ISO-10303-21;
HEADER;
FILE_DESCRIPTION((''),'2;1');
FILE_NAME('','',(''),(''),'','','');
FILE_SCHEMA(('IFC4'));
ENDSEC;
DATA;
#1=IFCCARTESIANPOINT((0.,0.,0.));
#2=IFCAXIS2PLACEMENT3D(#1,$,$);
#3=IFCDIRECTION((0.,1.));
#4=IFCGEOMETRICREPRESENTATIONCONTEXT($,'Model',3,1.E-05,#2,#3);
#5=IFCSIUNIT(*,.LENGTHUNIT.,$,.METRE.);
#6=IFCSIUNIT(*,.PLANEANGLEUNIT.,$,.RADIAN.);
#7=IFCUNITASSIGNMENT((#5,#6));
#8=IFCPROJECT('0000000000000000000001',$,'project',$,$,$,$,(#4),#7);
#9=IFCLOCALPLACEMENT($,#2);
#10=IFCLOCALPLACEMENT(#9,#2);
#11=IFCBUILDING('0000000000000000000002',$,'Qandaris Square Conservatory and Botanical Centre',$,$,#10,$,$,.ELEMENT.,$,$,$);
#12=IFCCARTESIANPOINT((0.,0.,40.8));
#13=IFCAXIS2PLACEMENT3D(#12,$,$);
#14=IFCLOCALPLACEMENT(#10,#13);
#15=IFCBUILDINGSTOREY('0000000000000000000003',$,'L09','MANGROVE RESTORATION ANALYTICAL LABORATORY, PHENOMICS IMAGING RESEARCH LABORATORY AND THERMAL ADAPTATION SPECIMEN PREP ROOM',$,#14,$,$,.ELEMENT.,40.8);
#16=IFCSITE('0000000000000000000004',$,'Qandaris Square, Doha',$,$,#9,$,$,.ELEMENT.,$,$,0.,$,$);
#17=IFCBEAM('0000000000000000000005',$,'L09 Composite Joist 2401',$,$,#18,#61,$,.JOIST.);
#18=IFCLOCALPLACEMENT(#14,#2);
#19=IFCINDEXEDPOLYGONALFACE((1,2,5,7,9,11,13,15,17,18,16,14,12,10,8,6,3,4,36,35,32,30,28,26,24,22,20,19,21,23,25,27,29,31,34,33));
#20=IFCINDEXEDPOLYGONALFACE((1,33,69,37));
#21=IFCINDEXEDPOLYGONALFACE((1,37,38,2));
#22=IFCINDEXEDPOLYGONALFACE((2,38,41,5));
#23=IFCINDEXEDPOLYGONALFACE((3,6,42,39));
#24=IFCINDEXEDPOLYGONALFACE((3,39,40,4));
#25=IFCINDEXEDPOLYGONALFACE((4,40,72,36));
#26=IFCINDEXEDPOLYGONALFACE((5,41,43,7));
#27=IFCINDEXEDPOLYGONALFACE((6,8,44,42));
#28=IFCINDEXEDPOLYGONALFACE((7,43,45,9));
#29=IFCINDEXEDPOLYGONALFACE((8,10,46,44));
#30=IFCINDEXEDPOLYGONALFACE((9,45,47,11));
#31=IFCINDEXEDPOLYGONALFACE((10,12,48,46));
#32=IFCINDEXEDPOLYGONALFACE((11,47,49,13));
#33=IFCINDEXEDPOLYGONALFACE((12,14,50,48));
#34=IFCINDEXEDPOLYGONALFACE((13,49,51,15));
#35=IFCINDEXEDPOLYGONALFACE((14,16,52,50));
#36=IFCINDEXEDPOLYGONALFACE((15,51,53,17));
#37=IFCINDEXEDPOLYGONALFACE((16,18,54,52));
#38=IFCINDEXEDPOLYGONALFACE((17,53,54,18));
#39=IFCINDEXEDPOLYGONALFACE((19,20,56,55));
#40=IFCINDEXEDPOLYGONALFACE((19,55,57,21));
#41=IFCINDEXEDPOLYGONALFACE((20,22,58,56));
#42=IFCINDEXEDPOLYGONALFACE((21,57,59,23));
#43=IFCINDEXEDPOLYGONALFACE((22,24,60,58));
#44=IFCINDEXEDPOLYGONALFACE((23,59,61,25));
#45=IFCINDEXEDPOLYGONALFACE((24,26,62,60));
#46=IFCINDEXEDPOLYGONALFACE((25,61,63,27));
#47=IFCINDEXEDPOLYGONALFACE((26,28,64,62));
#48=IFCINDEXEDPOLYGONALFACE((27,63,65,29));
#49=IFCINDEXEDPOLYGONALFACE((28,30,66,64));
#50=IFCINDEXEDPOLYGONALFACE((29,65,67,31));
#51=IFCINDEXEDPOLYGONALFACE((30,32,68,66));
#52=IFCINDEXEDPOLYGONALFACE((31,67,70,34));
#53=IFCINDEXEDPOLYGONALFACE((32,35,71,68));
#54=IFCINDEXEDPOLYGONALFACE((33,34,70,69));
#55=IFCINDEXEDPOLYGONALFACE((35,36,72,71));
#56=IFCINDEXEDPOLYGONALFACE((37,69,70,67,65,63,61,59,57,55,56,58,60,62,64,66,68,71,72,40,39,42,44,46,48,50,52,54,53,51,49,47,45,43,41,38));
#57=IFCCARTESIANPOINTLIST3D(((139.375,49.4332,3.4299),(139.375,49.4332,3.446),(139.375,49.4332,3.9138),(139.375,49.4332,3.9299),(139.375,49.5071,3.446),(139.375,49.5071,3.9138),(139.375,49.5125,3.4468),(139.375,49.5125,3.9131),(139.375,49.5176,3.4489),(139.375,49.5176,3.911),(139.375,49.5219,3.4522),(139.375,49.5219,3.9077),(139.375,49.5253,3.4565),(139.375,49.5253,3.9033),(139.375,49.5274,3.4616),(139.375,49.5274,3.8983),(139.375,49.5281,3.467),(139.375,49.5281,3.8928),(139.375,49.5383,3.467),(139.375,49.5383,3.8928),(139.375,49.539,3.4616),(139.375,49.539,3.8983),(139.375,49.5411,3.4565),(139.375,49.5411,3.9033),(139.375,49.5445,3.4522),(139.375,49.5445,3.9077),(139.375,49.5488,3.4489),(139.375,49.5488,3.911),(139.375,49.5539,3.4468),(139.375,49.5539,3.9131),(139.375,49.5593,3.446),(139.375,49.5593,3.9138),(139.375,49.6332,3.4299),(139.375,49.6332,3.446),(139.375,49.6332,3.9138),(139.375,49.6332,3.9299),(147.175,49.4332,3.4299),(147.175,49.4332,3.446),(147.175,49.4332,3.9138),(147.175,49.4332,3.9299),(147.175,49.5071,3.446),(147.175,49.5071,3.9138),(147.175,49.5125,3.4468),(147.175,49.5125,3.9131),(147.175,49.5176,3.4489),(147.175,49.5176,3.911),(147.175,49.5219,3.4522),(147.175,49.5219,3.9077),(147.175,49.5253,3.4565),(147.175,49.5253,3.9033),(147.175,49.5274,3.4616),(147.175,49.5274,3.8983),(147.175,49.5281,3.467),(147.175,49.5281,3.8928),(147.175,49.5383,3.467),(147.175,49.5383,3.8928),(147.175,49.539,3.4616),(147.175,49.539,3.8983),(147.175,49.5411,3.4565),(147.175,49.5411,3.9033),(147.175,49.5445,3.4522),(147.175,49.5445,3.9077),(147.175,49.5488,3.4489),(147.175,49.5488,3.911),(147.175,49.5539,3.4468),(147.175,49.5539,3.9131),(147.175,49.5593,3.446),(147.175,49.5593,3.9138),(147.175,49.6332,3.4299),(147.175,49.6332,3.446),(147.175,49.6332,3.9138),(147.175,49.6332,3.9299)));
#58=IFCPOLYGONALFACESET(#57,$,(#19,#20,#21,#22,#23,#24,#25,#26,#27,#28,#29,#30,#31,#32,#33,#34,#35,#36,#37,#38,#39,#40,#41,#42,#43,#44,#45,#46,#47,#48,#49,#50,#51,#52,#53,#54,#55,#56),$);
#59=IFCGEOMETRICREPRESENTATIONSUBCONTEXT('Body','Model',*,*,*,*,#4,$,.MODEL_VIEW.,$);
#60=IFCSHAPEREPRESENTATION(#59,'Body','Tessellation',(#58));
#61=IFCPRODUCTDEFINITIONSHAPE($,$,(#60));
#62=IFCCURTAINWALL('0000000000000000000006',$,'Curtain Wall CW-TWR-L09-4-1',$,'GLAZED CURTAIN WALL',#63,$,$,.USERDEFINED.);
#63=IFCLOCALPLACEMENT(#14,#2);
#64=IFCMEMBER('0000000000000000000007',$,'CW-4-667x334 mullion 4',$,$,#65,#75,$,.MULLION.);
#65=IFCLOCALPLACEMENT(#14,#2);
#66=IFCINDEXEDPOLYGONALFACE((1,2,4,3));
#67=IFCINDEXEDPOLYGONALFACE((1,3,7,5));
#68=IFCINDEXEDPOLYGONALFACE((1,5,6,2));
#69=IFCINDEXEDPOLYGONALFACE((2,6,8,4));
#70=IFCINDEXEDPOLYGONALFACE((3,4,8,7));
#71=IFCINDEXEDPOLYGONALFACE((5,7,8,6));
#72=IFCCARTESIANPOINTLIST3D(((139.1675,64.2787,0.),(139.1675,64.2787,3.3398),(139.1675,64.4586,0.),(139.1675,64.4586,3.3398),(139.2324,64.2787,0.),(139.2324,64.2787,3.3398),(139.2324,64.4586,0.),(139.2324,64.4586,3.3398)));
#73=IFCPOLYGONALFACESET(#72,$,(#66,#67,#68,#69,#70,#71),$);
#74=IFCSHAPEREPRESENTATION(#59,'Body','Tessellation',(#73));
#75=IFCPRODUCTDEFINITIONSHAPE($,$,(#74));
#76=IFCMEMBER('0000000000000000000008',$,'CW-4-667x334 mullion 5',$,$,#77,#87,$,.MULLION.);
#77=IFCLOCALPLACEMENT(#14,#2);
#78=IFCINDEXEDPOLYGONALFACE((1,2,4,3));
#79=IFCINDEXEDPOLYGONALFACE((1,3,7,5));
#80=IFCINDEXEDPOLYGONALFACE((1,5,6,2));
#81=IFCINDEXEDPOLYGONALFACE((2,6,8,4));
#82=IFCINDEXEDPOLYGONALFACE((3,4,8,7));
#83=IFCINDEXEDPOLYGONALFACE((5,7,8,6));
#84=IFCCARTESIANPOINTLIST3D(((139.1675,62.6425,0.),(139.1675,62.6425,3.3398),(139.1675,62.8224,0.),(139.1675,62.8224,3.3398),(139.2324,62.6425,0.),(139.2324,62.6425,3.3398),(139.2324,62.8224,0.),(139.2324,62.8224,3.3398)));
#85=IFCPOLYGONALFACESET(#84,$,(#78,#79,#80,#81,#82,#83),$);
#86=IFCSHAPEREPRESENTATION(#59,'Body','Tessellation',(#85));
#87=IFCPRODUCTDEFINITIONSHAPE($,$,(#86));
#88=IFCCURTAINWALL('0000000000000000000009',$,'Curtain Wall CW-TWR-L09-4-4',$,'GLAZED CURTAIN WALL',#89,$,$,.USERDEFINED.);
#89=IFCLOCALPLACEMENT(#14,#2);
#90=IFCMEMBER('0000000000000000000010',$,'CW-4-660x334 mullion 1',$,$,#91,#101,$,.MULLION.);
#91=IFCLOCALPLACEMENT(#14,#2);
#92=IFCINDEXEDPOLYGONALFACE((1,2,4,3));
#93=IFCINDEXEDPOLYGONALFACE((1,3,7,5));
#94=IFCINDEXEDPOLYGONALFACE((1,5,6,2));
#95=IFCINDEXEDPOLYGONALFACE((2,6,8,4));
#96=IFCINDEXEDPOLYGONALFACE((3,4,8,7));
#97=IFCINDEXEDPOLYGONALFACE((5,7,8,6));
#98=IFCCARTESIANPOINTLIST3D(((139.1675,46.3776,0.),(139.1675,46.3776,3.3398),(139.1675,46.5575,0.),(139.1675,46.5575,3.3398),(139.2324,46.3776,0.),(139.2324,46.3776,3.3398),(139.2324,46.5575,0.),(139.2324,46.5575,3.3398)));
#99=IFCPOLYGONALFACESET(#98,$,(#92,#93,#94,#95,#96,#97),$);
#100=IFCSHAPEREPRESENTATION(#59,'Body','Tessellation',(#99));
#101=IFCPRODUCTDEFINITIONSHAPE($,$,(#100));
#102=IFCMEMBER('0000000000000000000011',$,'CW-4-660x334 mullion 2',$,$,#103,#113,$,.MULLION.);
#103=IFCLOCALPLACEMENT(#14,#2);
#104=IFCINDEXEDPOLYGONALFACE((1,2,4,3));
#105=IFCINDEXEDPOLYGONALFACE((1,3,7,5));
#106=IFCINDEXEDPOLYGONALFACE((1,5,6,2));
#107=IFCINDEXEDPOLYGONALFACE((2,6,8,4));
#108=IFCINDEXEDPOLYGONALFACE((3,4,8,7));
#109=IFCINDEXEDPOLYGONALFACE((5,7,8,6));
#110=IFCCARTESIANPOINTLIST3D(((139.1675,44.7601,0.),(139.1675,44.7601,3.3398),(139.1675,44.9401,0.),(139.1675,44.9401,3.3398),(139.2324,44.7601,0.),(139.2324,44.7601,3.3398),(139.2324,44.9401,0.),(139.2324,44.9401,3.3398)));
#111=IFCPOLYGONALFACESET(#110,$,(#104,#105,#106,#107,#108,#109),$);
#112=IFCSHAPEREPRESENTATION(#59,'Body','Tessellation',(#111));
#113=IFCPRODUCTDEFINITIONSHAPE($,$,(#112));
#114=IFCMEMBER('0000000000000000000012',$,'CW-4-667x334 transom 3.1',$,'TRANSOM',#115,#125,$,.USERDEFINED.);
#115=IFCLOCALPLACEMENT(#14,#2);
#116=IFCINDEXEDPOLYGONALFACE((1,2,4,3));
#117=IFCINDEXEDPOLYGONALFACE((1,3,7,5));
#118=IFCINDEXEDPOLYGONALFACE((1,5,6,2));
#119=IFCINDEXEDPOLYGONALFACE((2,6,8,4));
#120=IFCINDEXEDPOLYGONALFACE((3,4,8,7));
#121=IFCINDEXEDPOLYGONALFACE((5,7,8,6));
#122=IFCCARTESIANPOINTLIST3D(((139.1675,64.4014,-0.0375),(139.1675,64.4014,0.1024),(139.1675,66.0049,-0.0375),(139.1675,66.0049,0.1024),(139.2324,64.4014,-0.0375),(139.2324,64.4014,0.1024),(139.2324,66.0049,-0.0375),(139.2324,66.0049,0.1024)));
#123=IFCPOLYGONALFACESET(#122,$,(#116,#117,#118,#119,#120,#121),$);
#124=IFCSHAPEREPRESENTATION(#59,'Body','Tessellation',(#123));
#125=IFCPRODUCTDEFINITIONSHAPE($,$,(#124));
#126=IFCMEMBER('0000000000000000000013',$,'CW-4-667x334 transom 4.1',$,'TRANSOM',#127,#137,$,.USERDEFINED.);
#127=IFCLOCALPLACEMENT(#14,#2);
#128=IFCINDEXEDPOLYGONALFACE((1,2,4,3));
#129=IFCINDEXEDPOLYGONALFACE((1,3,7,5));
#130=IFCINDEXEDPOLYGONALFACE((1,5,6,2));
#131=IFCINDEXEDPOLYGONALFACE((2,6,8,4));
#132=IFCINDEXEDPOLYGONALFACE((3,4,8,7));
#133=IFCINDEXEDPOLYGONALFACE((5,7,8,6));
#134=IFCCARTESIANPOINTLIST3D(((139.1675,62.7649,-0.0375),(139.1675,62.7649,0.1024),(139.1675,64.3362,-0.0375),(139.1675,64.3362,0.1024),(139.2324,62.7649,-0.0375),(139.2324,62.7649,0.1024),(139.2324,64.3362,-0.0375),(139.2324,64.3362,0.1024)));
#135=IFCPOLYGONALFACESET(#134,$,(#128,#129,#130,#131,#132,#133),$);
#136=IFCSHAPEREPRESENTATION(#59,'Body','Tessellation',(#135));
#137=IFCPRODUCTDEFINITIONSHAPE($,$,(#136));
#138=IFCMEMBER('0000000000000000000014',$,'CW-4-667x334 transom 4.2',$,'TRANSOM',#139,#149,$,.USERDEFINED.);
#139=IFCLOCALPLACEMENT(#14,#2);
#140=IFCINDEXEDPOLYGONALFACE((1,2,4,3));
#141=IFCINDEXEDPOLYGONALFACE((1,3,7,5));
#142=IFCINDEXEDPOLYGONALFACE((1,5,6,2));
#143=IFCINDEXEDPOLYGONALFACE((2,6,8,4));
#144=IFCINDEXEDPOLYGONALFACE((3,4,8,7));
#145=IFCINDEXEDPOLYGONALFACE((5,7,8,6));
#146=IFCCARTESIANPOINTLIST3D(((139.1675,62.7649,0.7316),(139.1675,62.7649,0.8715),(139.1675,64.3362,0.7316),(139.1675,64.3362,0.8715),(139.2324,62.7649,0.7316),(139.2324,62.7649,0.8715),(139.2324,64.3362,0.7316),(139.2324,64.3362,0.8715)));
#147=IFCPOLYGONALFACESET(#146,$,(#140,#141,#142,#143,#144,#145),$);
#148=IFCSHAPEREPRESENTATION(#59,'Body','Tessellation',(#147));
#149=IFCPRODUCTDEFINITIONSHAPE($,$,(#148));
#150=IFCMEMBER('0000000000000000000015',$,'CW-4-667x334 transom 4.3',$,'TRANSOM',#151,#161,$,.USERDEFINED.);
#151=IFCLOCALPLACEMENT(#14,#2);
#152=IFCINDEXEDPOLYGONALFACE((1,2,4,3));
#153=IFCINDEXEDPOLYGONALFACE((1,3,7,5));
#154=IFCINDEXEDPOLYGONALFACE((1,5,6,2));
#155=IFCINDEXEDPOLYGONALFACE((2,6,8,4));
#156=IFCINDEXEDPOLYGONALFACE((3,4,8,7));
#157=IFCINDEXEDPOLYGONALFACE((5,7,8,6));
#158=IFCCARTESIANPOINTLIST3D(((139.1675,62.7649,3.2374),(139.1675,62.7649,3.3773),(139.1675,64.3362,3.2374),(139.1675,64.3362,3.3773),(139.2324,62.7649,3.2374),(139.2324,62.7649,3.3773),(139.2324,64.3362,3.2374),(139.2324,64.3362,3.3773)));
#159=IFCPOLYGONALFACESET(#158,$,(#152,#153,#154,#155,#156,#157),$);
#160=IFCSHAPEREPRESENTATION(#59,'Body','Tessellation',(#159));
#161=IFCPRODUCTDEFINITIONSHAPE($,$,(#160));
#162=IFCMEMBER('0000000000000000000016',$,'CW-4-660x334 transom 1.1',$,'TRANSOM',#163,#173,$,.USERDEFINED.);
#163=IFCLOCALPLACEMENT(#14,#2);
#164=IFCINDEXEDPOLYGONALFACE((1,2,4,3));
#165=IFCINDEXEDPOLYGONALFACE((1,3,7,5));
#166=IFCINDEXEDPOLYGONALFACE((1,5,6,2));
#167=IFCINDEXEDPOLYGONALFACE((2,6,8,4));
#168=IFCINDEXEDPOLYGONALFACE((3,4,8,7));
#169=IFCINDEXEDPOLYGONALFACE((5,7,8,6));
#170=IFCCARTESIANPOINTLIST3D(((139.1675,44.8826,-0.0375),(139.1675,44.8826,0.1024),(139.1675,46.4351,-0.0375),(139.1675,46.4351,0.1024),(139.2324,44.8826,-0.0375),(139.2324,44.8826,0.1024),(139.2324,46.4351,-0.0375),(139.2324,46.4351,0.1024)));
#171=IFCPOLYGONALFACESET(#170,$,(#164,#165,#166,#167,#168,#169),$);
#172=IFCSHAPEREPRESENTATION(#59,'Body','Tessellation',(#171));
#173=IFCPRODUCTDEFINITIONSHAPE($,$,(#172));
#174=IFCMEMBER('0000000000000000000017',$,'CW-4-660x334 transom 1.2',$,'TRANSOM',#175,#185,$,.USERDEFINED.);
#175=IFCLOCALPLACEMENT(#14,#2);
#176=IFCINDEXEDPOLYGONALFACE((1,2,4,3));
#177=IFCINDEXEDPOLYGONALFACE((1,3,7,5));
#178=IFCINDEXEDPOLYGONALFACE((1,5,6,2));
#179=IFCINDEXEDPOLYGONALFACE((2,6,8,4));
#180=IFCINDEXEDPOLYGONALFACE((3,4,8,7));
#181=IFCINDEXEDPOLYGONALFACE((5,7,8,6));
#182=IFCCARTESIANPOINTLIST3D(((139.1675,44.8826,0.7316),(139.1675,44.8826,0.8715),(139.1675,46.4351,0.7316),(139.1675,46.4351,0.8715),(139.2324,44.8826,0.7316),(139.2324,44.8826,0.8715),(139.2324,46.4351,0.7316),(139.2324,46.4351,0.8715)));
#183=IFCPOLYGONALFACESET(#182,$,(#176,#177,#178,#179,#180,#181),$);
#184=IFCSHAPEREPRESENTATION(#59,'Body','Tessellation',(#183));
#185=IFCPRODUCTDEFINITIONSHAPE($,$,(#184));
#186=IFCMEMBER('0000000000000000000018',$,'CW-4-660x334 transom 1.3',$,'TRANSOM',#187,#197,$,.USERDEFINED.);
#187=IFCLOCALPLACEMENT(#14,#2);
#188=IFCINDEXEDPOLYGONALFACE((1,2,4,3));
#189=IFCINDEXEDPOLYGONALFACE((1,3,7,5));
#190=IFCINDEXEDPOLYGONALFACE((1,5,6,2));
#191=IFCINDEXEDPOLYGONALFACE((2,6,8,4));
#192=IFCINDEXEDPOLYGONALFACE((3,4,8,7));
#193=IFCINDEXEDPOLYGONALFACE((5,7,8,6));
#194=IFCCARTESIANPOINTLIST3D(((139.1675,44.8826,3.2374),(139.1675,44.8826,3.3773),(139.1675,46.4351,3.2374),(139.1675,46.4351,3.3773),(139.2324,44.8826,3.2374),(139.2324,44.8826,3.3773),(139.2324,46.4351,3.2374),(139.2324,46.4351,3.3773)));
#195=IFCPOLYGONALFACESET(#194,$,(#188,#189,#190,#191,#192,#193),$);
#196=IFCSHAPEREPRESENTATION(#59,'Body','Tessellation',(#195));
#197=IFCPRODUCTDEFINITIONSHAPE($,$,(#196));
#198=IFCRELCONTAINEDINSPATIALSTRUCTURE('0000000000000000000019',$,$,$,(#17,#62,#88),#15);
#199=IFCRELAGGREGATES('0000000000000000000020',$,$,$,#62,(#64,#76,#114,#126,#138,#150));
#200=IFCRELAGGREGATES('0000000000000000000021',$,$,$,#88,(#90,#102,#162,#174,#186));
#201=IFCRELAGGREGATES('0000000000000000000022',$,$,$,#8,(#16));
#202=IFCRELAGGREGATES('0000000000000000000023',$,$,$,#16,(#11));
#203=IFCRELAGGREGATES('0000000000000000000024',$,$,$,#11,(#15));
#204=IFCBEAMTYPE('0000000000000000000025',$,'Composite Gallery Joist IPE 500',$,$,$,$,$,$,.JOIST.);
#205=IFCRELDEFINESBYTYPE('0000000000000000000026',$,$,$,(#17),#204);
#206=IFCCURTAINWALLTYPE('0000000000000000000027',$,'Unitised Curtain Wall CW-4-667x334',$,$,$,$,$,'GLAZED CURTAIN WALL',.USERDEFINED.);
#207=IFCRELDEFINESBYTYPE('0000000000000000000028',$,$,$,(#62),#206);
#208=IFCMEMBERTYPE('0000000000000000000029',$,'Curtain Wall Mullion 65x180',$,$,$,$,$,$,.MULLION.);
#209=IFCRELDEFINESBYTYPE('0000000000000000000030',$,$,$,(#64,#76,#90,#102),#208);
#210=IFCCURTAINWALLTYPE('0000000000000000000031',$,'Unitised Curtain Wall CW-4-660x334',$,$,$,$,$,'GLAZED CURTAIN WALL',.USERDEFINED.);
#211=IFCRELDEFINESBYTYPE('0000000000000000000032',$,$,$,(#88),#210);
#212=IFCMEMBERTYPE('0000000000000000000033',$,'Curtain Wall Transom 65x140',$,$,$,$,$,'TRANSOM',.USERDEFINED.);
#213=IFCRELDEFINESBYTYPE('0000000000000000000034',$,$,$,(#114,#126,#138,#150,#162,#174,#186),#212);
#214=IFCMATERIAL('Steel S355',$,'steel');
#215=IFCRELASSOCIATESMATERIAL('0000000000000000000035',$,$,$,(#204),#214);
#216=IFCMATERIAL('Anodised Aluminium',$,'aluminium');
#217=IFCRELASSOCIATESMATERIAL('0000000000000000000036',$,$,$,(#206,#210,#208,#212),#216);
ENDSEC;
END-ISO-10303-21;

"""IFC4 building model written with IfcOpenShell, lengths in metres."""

from ifc_helpers import new_model, si_unit, direction, frame, origin, origin_2d, place, context, subcontext, project, spatial, rectangle, i_section, extrude, material, material_profile, profile_set, type_object, element, aggregate, save


model = new_model("IFC4")

# Units and contexts
model_context = context("Model", 3, precision=1e-05, world=origin(), true_north=direction((0.0, 1.0)))
body_context = subcontext(model_context, "Body", "Model", "MODEL_VIEW")
ifc_project = project(units=[si_unit("LENGTHUNIT", "METRE"), si_unit("PLANEANGLEUNIT", "RADIAN")], contexts=[model_context])

# Site, building, storey
site_placement = place(None, origin())
site = spatial("IfcSite", under=ifc_project, at=site_placement, Name="Qandaris Square, Doha", CompositionType="ELEMENT", RefElevation=0.0)
building_placement = place(site_placement, origin())
building = spatial("IfcBuilding", under=site, at=building_placement, Name="Qandaris Square Conservatory and Botanical Centre", CompositionType="ELEMENT")
storey_placement = place(building_placement, frame((0.0, 0.0, 40.8)))
storey = spatial("IfcBuildingStorey", under=building, at=storey_placement, Name="L09", Description="MANGROVE RESTORATION ANALYTICAL LABORATORY, PHENOMICS IMAGING RESEARCH LABORATORY AND THERMAL ADAPTATION SPECIMEN PREP ROOM", CompositionType="ELEMENT", Elevation=40.8)

# Beam
ifc_material_1 = material(Name="Steel S355", Category="steel")
ifc_material_profile_1 = material_profile(ifc_material_1, i_section(OverallWidth=0.2, OverallDepth=0.5, WebThickness=0.0103, FlangeThickness=0.0161, FilletRadius=0.021, at=origin_2d()), Name="IPE 500")
ifc_profile_set_1 = profile_set([ifc_material_profile_1], Name="Steel S355")
beam_type_1 = type_object("IfcBeamType", Name="Composite Gallery Joist IPE 500", PredefinedType="JOIST", material=ifc_profile_set_1)
beam_1_placement = place(storey_placement, frame((139.375, 49.5332, 3.6799), z_axis=(1.0, 0.0, 0.0), x_axis=(0.0, 1.0, 0.0)))
element("IfcBeam", 1, at=beam_1_placement, inside=storey, type_object=beam_type_1, Name="L09 Composite Joist 2401", PredefinedType="JOIST", context=body_context, shape_type="SweptSolid", body=[
    extrude(i_section(OverallWidth=0.2, OverallDepth=0.5, WebThickness=0.0103, FlangeThickness=0.0161, FilletRadius=0.021, at=origin_2d()), origin(), (0.0, 0.0, 1.0), 7.8),
])

# Curtain walls, members
ifc_material_2 = material(Name="Anodised Aluminium", Category="aluminium")
curtain_wall_type_1 = type_object("IfcCurtainWallType", Name="Unitised Curtain Wall CW-4-667x334", ElementType="GLAZED CURTAIN WALL", PredefinedType="USERDEFINED", material=ifc_material_2)
curtain_wall_1_placement = place(storey_placement, origin())
curtain_wall_1 = element("IfcCurtainWall", 2, at=curtain_wall_1_placement, inside=storey, type_object=curtain_wall_type_1, Name="Curtain Wall CW-TWR-L09-4-1", ObjectType="GLAZED CURTAIN WALL", PredefinedType="USERDEFINED")
ifc_material_profile_2 = material_profile(ifc_material_2, rectangle(XDim=0.0649, YDim=0.1799, at=origin_2d()), Name="ALU-MUL 65x180")
ifc_profile_set_2 = profile_set([ifc_material_profile_2], Name="Anodised Aluminium")
member_type_1 = type_object("IfcMemberType", Name="Curtain Wall Mullion 65x180", PredefinedType="MULLION", material=ifc_profile_set_2)
member_1_placement = place(storey_placement, frame((139.2, 64.3687, 0.0), z_axis=(0.0, 0.0, 1.0), x_axis=(1.0, 0.0, 0.0)))
member_1 = element("IfcMember", 3, at=member_1_placement, type_object=member_type_1, Name="CW-4-667x334 mullion 4", PredefinedType="MULLION", context=body_context, shape_type="SweptSolid", body=[
    extrude(rectangle(XDim=0.0649, YDim=0.1799, at=origin_2d()), origin(), (0.0, 0.0, 1.0), 3.3398),
])
member_2_placement = place(storey_placement, frame((139.2, 62.7324, 0.0), z_axis=(0.0, 0.0, 1.0), x_axis=(1.0, 0.0, 0.0)))
member_2 = element("IfcMember", 4, at=member_2_placement, type_object=member_type_1, Name="CW-4-667x334 mullion 5", PredefinedType="MULLION", context=body_context, shape_type="SweptSolid", body=[
    extrude(rectangle(XDim=0.0649, YDim=0.1799, at=origin_2d()), origin(), (0.0, 0.0, 1.0), 3.3398),
])
curtain_wall_type_2 = type_object("IfcCurtainWallType", Name="Unitised Curtain Wall CW-4-660x334", ElementType="GLAZED CURTAIN WALL", PredefinedType="USERDEFINED", material=ifc_material_2)
curtain_wall_2_placement = place(storey_placement, origin())
curtain_wall_2 = element("IfcCurtainWall", 5, at=curtain_wall_2_placement, inside=storey, type_object=curtain_wall_type_2, Name="Curtain Wall CW-TWR-L09-4-4", ObjectType="GLAZED CURTAIN WALL", PredefinedType="USERDEFINED")
member_3_placement = place(storey_placement, frame((139.2, 46.4675, 0.0), z_axis=(0.0, 0.0, 1.0), x_axis=(1.0, 0.0, 0.0)))
member_3 = element("IfcMember", 6, at=member_3_placement, type_object=member_type_1, Name="CW-4-660x334 mullion 1", PredefinedType="MULLION", context=body_context, shape_type="SweptSolid", body=[
    extrude(rectangle(XDim=0.0649, YDim=0.1799, at=origin_2d()), origin(), (0.0, 0.0, 1.0), 3.3398),
])
member_4_placement = place(storey_placement, frame((139.2, 44.8501, 0.0), z_axis=(0.0, 0.0, 1.0), x_axis=(1.0, 0.0, 0.0)))
member_4 = element("IfcMember", 7, at=member_4_placement, type_object=member_type_1, Name="CW-4-660x334 mullion 2", PredefinedType="MULLION", context=body_context, shape_type="SweptSolid", body=[
    extrude(rectangle(XDim=0.0649, YDim=0.1799, at=origin_2d()), origin(), (0.0, 0.0, 1.0), 3.3398),
])

# Members
ifc_material_profile_3 = material_profile(ifc_material_2, rectangle(XDim=0.0649, YDim=0.1399, at=origin_2d()), Name="ALU-TRN 65x140")
ifc_profile_set_3 = profile_set([ifc_material_profile_3], Name="Anodised Aluminium")
member_type_2 = type_object("IfcMemberType", Name="Curtain Wall Transom 65x140", ElementType="TRANSOM", PredefinedType="USERDEFINED", material=ifc_profile_set_3)
member_5_placement = place(storey_placement, frame((139.2, 66.0049, 0.0325), z_axis=(0.0, -1.0, 0.0), x_axis=(1.0, 0.0, 0.0)))
member_5 = element("IfcMember", 8, at=member_5_placement, type_object=member_type_2, Name="CW-4-667x334 transom 3.1", ObjectType="TRANSOM", PredefinedType="USERDEFINED", context=body_context, shape_type="SweptSolid", body=[
    extrude(rectangle(XDim=0.0649, YDim=0.1399, at=origin_2d()), origin(), (0.0, 0.0, 1.0), 1.6035),
])
member_6_placement = place(storey_placement, frame((139.2, 64.3362, 0.0325), z_axis=(0.0, -1.0, 0.0), x_axis=(1.0, 0.0, 0.0)))
member_6 = element("IfcMember", 9, at=member_6_placement, type_object=member_type_2, Name="CW-4-667x334 transom 4.1", ObjectType="TRANSOM", PredefinedType="USERDEFINED", context=body_context, shape_type="SweptSolid", body=[
    extrude(rectangle(XDim=0.0649, YDim=0.1399, at=origin_2d()), origin(), (0.0, 0.0, 1.0), 1.5713),
])
member_7_placement = place(storey_placement, frame((139.2, 64.3362, 0.8015), z_axis=(0.0, -1.0, 0.0), x_axis=(1.0, 0.0, 0.0)))
member_7 = element("IfcMember", 10, at=member_7_placement, type_object=member_type_2, Name="CW-4-667x334 transom 4.2", ObjectType="TRANSOM", PredefinedType="USERDEFINED", context=body_context, shape_type="SweptSolid", body=[
    extrude(rectangle(XDim=0.0649, YDim=0.1399, at=origin_2d()), origin(), (0.0, 0.0, 1.0), 1.5713),
])
member_8_placement = place(storey_placement, frame((139.2, 64.3362, 3.3074), z_axis=(0.0, -1.0, 0.0), x_axis=(1.0, 0.0, 0.0)))
member_8 = element("IfcMember", 11, at=member_8_placement, type_object=member_type_2, Name="CW-4-667x334 transom 4.3", ObjectType="TRANSOM", PredefinedType="USERDEFINED", context=body_context, shape_type="SweptSolid", body=[
    extrude(rectangle(XDim=0.0649, YDim=0.1399, at=origin_2d()), origin(), (0.0, 0.0, 1.0), 1.5713),
])
member_9_placement = place(storey_placement, frame((139.2, 46.4351, 0.0325), z_axis=(0.0, -1.0, 0.0), x_axis=(1.0, 0.0, 0.0)))
member_9 = element("IfcMember", 12, at=member_9_placement, type_object=member_type_2, Name="CW-4-660x334 transom 1.1", ObjectType="TRANSOM", PredefinedType="USERDEFINED", context=body_context, shape_type="SweptSolid", body=[
    extrude(rectangle(XDim=0.0649, YDim=0.1399, at=origin_2d()), origin(), (0.0, 0.0, 1.0), 1.5525),
])
member_10_placement = place(storey_placement, frame((139.2, 46.4351, 0.8015), z_axis=(0.0, -1.0, 0.0), x_axis=(1.0, 0.0, 0.0)))
member_10 = element("IfcMember", 13, at=member_10_placement, type_object=member_type_2, Name="CW-4-660x334 transom 1.2", ObjectType="TRANSOM", PredefinedType="USERDEFINED", context=body_context, shape_type="SweptSolid", body=[
    extrude(rectangle(XDim=0.0649, YDim=0.1399, at=origin_2d()), origin(), (0.0, 0.0, 1.0), 1.5525),
])
member_11_placement = place(storey_placement, frame((139.2, 46.4351, 3.3074), z_axis=(0.0, -1.0, 0.0), x_axis=(1.0, 0.0, 0.0)))
member_11 = element("IfcMember", 14, at=member_11_placement, type_object=member_type_2, Name="CW-4-660x334 transom 1.3", ObjectType="TRANSOM", PredefinedType="USERDEFINED", context=body_context, shape_type="SweptSolid", body=[
    extrude(rectangle(XDim=0.0649, YDim=0.1399, at=origin_2d()), origin(), (0.0, 0.0, 1.0), 1.5525),
])

aggregate(curtain_wall_1, [member_1, member_2, member_5, member_6, member_7, member_8])
aggregate(curtain_wall_2, [member_3, member_4, member_9, member_10, member_11])

save(model, "model.ifc")
